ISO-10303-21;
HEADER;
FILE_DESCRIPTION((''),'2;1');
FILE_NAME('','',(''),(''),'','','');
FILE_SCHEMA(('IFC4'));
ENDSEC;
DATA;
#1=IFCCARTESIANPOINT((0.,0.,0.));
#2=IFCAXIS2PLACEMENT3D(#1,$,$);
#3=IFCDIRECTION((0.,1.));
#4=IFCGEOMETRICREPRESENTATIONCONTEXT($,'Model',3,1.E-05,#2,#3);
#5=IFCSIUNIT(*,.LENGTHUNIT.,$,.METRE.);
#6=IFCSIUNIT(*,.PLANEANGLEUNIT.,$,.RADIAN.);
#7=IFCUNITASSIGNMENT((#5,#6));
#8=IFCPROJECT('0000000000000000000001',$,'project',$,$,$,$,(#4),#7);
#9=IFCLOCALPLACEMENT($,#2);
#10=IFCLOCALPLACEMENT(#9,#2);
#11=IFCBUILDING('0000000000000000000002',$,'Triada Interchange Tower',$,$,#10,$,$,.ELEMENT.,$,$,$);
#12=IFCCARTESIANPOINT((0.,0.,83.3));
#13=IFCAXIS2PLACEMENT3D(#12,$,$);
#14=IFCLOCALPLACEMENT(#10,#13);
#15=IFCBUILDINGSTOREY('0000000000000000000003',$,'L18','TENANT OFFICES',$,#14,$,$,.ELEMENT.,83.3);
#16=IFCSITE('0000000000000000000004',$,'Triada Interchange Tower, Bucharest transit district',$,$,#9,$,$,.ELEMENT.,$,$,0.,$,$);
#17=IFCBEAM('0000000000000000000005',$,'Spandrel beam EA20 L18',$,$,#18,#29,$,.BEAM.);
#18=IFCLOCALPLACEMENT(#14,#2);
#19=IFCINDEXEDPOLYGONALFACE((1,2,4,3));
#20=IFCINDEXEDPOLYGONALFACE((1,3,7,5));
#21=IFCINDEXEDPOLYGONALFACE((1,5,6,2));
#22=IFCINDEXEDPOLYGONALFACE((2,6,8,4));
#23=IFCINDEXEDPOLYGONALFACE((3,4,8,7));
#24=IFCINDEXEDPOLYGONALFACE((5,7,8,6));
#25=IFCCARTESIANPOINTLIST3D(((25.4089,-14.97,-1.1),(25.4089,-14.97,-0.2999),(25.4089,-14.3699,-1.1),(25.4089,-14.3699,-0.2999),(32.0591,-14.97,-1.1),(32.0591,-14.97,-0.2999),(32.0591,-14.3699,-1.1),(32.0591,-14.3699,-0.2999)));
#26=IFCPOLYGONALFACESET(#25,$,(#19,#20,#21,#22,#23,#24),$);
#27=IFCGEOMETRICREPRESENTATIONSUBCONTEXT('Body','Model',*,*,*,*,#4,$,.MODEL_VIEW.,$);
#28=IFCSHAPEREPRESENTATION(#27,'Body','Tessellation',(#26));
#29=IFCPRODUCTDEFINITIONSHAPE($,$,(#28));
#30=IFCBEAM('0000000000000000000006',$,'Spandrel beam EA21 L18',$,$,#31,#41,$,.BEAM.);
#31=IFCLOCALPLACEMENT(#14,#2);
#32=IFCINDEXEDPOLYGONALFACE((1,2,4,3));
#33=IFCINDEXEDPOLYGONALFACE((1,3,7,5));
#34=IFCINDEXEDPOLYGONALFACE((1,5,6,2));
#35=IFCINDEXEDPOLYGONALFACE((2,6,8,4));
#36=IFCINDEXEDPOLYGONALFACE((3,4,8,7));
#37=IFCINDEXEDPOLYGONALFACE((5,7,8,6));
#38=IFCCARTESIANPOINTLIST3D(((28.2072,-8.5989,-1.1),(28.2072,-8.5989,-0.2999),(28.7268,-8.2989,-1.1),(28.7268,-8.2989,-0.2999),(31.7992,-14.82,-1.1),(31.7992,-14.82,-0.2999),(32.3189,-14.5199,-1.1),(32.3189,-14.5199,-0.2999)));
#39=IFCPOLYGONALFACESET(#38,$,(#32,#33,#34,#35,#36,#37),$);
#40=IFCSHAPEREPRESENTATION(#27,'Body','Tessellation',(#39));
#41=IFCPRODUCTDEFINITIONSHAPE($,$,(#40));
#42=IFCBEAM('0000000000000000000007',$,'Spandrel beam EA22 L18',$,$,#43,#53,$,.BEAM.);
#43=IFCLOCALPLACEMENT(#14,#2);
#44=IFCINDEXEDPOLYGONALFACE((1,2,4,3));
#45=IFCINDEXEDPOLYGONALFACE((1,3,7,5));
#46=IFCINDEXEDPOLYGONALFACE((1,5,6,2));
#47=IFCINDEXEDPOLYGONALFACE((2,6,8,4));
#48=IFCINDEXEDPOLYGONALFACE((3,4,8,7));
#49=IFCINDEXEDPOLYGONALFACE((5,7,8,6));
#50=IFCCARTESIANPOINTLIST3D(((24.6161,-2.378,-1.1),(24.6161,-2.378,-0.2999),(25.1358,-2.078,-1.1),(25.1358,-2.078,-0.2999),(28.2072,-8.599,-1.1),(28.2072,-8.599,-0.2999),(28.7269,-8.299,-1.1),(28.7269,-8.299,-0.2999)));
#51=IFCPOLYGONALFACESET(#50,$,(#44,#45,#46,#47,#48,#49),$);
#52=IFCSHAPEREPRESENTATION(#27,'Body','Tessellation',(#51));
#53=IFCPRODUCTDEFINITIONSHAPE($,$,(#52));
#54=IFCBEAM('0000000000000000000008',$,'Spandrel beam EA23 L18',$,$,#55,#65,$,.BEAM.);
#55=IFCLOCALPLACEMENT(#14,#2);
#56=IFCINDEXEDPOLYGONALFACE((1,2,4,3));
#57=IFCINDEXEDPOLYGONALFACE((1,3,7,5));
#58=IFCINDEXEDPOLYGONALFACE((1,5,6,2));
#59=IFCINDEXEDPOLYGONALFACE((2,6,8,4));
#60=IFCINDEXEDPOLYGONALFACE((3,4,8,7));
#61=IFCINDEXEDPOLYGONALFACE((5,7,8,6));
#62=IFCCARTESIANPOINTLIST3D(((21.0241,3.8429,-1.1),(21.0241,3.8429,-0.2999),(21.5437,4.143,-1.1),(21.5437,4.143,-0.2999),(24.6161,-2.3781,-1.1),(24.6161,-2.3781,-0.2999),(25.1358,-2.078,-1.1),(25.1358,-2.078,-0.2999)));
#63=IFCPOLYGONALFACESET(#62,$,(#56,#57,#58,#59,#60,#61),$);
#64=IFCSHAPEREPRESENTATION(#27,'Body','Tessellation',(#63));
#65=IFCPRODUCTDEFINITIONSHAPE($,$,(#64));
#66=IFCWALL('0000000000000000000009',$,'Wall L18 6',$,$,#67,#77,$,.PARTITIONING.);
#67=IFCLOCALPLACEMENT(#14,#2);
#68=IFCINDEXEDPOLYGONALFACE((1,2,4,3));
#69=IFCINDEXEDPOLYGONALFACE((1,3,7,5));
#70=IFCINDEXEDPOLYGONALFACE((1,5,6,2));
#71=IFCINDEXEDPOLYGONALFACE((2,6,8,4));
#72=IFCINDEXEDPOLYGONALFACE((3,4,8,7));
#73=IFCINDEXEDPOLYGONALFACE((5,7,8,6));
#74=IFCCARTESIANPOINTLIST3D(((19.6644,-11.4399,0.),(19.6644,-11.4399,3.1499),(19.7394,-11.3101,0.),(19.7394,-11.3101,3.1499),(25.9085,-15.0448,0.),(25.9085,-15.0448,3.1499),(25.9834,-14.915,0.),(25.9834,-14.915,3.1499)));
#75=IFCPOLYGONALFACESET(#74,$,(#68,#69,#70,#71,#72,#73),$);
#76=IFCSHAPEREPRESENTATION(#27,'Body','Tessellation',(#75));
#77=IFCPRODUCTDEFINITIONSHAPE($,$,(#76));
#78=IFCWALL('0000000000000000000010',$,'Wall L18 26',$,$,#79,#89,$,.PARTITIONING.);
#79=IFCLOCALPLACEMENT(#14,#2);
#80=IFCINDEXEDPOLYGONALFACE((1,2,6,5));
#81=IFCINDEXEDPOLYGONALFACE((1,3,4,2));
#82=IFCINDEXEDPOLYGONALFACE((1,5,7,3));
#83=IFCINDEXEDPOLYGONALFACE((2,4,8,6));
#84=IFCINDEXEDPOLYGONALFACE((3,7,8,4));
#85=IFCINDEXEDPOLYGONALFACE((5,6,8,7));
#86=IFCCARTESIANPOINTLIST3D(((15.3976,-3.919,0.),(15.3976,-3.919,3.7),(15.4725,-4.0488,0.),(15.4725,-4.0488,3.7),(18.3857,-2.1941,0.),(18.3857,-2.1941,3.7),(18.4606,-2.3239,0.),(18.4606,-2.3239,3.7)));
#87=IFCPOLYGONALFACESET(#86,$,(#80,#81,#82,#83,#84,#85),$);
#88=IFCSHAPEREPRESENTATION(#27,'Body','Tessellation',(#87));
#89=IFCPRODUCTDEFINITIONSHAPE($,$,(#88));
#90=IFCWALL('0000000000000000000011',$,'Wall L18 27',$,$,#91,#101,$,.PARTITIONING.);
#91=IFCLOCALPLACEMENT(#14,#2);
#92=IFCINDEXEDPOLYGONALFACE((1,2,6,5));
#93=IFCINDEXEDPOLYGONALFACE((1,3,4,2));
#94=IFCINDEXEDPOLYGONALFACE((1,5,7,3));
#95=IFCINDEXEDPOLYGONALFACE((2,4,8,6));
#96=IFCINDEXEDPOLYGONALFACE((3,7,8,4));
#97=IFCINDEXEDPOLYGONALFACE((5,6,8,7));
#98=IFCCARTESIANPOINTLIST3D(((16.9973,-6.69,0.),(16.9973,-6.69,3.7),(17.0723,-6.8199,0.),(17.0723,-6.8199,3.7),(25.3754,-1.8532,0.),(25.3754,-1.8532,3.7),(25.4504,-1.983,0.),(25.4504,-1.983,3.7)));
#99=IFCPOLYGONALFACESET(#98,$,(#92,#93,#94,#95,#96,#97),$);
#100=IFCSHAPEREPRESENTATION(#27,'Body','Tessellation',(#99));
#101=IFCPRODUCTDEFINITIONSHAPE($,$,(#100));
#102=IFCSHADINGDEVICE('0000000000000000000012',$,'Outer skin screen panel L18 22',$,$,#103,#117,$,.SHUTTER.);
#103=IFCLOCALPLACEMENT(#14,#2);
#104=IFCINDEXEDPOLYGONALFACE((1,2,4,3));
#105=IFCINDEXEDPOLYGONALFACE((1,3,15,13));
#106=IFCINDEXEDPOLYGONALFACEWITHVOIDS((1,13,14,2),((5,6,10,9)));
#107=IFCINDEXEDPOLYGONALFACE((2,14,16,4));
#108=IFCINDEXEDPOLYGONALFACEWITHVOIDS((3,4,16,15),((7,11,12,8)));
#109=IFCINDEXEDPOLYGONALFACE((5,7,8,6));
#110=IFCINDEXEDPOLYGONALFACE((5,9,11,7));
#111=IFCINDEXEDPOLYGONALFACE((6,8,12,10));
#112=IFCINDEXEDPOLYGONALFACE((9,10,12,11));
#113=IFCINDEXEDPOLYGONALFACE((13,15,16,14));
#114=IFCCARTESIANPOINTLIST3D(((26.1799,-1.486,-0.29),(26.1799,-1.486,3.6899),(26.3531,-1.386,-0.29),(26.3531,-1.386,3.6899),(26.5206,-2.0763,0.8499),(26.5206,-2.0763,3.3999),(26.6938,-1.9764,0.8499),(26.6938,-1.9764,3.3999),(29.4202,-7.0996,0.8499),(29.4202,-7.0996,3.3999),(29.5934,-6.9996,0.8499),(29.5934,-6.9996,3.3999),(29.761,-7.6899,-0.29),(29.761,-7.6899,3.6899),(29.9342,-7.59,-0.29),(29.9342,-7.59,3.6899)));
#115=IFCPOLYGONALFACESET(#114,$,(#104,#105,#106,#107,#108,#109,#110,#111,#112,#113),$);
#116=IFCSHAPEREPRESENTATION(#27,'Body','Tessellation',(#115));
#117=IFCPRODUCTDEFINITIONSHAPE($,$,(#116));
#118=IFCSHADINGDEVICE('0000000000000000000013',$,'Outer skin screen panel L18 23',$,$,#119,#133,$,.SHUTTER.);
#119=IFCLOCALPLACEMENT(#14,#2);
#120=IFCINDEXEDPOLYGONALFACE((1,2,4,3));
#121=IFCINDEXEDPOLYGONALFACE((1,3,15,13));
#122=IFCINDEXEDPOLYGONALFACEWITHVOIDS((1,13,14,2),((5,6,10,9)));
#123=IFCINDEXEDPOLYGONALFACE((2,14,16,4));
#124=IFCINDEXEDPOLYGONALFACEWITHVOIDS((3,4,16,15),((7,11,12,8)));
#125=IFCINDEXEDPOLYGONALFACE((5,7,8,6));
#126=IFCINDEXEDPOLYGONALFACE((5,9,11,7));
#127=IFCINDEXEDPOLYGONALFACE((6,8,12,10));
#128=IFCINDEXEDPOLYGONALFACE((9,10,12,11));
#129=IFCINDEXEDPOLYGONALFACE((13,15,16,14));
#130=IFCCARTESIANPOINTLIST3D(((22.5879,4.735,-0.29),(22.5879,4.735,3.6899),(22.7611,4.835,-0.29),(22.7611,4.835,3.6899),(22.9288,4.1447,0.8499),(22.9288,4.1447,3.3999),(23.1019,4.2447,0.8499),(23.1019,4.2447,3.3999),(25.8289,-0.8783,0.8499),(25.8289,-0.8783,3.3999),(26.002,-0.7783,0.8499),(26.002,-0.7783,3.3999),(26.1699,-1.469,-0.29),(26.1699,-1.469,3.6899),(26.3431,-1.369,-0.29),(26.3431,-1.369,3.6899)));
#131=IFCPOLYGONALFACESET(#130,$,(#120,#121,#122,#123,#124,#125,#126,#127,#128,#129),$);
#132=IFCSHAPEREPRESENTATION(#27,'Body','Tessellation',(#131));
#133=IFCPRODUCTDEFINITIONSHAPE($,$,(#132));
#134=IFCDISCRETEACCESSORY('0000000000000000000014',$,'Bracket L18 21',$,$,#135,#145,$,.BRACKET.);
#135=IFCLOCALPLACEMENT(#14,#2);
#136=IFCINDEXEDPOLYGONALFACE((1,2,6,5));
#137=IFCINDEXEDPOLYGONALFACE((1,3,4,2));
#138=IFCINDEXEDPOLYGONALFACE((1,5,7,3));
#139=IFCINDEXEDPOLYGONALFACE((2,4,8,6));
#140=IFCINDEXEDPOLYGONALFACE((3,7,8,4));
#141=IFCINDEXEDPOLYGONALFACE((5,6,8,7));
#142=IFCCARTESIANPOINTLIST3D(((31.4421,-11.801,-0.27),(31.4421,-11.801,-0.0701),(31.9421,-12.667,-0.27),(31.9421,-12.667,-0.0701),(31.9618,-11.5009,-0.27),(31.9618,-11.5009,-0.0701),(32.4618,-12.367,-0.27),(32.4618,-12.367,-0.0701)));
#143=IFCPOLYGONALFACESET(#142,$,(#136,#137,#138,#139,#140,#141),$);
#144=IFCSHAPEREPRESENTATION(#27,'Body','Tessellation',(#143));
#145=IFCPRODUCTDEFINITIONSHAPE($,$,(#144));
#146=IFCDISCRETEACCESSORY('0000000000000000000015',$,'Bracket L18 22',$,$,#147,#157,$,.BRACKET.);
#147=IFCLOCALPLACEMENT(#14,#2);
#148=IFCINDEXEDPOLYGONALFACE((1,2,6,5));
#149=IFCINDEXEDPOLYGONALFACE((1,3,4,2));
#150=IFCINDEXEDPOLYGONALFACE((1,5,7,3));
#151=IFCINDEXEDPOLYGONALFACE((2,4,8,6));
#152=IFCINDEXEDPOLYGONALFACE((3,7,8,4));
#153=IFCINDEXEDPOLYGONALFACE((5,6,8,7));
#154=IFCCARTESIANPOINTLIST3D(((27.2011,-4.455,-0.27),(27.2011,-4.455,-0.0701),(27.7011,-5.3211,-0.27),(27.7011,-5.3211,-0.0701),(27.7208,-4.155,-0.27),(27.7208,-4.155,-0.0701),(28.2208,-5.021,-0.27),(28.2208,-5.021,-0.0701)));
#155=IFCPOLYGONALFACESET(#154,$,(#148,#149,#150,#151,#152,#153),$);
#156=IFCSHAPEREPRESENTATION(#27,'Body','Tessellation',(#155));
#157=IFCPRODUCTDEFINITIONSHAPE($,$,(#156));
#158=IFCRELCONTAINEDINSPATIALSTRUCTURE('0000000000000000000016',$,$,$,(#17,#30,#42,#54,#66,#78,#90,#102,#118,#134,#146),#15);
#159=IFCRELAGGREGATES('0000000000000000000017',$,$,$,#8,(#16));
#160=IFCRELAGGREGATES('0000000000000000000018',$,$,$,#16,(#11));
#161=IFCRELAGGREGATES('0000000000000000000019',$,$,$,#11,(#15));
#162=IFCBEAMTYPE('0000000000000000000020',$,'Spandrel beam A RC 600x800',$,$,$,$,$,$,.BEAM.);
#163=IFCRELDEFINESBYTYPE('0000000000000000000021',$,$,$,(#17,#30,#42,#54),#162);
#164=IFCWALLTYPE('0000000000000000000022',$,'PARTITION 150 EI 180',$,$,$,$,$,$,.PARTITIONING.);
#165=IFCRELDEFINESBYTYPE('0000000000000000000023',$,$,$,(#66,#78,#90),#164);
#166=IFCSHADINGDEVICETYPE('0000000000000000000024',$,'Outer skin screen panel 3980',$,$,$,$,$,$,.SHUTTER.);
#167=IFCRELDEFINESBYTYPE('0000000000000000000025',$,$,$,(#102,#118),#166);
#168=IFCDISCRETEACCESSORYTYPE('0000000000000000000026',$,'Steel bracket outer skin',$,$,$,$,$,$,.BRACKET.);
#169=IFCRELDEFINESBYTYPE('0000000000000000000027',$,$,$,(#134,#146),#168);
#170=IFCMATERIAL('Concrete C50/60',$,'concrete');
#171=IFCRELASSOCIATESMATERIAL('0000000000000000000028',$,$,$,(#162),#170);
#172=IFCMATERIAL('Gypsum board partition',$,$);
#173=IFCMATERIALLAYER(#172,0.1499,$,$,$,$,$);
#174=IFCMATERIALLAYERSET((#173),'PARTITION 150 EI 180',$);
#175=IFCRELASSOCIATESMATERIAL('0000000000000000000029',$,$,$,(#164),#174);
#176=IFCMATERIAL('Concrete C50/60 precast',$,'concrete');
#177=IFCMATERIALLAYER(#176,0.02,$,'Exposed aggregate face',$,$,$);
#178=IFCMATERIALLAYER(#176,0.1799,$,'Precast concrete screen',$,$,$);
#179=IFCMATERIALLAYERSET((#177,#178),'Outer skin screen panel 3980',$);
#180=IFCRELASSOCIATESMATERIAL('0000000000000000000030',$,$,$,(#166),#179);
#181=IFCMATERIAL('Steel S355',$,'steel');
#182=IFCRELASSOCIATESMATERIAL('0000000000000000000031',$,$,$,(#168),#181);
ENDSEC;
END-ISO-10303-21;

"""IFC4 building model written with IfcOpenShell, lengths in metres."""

from ifc_helpers import new_model, si_unit, direction, frame, frame_2d, origin, origin_2d, place, context, subcontext, project, spatial, polyline, rectangle, outline, extrude, material, layer, layer_set, material_profile, profile_set, type_object, element, save


model = new_model("IFC4")

# Units and contexts
model_context = context("Model", 3, precision=1e-05, world=origin(), true_north=direction((0.0, 1.0)))
body_context = subcontext(model_context, "Body", "Model", "MODEL_VIEW")
ifc_project = project(units=[si_unit("LENGTHUNIT", "METRE"), si_unit("PLANEANGLEUNIT", "RADIAN")], contexts=[model_context])

# Site, building, storey
site_placement = place(None, origin())
site = spatial("IfcSite", under=ifc_project, at=site_placement, Name="Triada Interchange Tower, Bucharest transit district", CompositionType="ELEMENT", RefElevation=0.0)
building_placement = place(site_placement, origin())
building = spatial("IfcBuilding", under=site, at=building_placement, Name="Triada Interchange Tower", CompositionType="ELEMENT")
storey_placement = place(building_placement, frame((0.0, 0.0, 83.3)))
storey = spatial("IfcBuildingStorey", under=building, at=storey_placement, Name="L18", Description="TENANT OFFICES", CompositionType="ELEMENT", Elevation=83.3)

# Beams
ifc_material_1 = material(Name="Concrete C50/60", Category="concrete")
ifc_material_profile_1 = material_profile(ifc_material_1, rectangle(XDim=0.6001, YDim=0.8, at=origin_2d()), Name="RC 600x800")
ifc_profile_set_1 = profile_set([ifc_material_profile_1], Name="Concrete C50/60")
beam_type_1 = type_object("IfcBeamType", Name="Spandrel beam A RC 600x800", PredefinedType="BEAM", material=ifc_profile_set_1)
beam_1_placement = place(storey_placement, frame((25.4089, -14.6699, -0.7), z_axis=(1.0, 0.0, 0.0), x_axis=(0.0, 1.0, 0.0)))
element("IfcBeam", 1, at=beam_1_placement, inside=storey, type_object=beam_type_1, Name="Spandrel beam EA20 L18", PredefinedType="BEAM", context=body_context, shape_type="SweptSolid", body=[
    extrude(rectangle(XDim=0.6001, YDim=0.8, at=origin_2d()), origin(), (0.0, 0.0, 1.0), 6.6501),
])
beam_2_placement = place(storey_placement, frame((32.0591, -14.6699, -0.7), z_axis=(-0.500039, 0.866003, 0.0), x_axis=(-0.866003, -0.500039, 0.0)))
element("IfcBeam", 2, at=beam_2_placement, inside=storey, type_object=beam_type_1, Name="Spandrel beam EA21 L18", PredefinedType="BEAM", context=body_context, shape_type="SweptSolid", body=[
    extrude(rectangle(XDim=0.6001, YDim=0.8, at=origin_2d()), origin(), (0.0, 0.0, 1.0), 7.1836),
])
beam_3_placement = place(storey_placement, frame((28.467, -8.449, -0.7), z_axis=(-0.499937, 0.866062, 0.0), x_axis=(-0.866062, -0.499937, 0.0)))
element("IfcBeam", 3, at=beam_3_placement, inside=storey, type_object=beam_type_1, Name="Spandrel beam EA22 L18", PredefinedType="BEAM", context=body_context, shape_type="SweptSolid", body=[
    extrude(rectangle(XDim=0.6001, YDim=0.8, at=origin_2d()), origin(), (0.0, 0.0, 1.0), 7.1831),
])
beam_4_placement = place(storey_placement, frame((24.876, -2.228, -0.7), z_axis=(-0.500039, 0.866003, 0.0), x_axis=(-0.866003, -0.500039, 0.0)))
element("IfcBeam", 4, at=beam_4_placement, inside=storey, type_object=beam_type_1, Name="Spandrel beam EA23 L18", PredefinedType="BEAM", context=body_context, shape_type="SweptSolid", body=[
    extrude(rectangle(XDim=0.6001, YDim=0.8, at=origin_2d()), origin(), (0.0, 0.0, 1.0), 7.1836),
])

# Walls
ifc_material_2 = material(Name="Gypsum board partition")
ifc_layer_1 = layer(ifc_material_2, 0.1499)
ifc_layer_set_1 = layer_set([ifc_layer_1], Name="PARTITION 150 EI 180")
wall_type = type_object("IfcWallType", Name="PARTITION 150 EI 180", PredefinedType="PARTITIONING", material=ifc_layer_set_1)
wall_1_placement = place(storey_placement, frame((19.7019, -11.375, 0.0), z_axis=(0.0, 0.0, 1.0), x_axis=(0.86603, -0.499992, 0.0)))
element("IfcWall", 5, at=wall_1_placement, inside=storey, type_object=wall_type, Name="Wall L18 6", PredefinedType="PARTITIONING", context=body_context, shape_type="SweptSolid", body=[
    extrude(rectangle(XDim=7.21, YDim=0.1499, at=frame_2d((3.605, 0.0))), origin(), (0.0, 0.0, 1.0), 3.1499),
])
wall_2_placement = place(storey_placement, frame((15.4351, -3.9839, 0.0), z_axis=(0.0, 0.0, 1.0), x_axis=(0.866062, 0.499937, 0.0)))
element("IfcWall", 6, at=wall_2_placement, inside=storey, type_object=wall_type, Name="Wall L18 26", PredefinedType="PARTITIONING", context=body_context, shape_type="SweptSolid", body=[
    extrude(rectangle(XDim=3.4502, YDim=0.1499, at=frame_2d((1.7251, 0.0))), origin(), (0.0, 0.0, 1.0), 3.7),
])
wall_3_placement = place(storey_placement, frame((17.0349, -6.7549, 0.0), z_axis=(0.0, 0.0, 1.0), x_axis=(0.866036, 0.499982, 0.0)))
element("IfcWall", 7, at=wall_3_placement, inside=storey, type_object=wall_type, Name="Wall L18 27", PredefinedType="PARTITIONING", context=body_context, shape_type="SweptSolid", body=[
    extrude(rectangle(XDim=9.6741, YDim=0.1499, at=frame_2d((4.8369, 0.0))), origin(), (0.0, 0.0, 1.0), 3.7),
])

# Shading devices
ifc_material_3 = material(Name="Concrete C50/60 precast", Category="concrete")
ifc_layer_2 = layer(ifc_material_3, 0.02, Name="Exposed aggregate face")
ifc_layer_3 = layer(ifc_material_3, 0.1799, Name="Precast concrete screen")
ifc_layer_set_2 = layer_set([ifc_layer_2, ifc_layer_3], Name="Outer skin screen panel 3980")
shading_device_type = type_object("IfcShadingDeviceType", Name="Outer skin screen panel 3980", PredefinedType="SHUTTER", material=ifc_layer_set_2)
shading_device_1_placement = place(storey_placement, frame((29.761, -7.6899, -0.29), z_axis=(0.0, 0.0, 1.0), x_axis=(-0.499922, 0.86607, 0.0)))
element("IfcShadingDevice", 8, at=shading_device_1_placement, inside=storey, type_object=shading_device_type, Name="Outer skin screen panel L18 22", PredefinedType="SHUTTER", context=body_context, shape_type="SweptSolid", body=[
    extrude(outline(polyline([(0.0, 0.0), (7.1633, 0.0), (7.1633, 3.98), (0.0, 3.98), (0.0, 0.0)]), holes=[polyline([(0.6816, 1.1399), (0.6816, 3.6899), (6.4817, 3.6899), (6.4817, 1.1399), (0.6816, 1.1399)])]), frame((0.0, 0.0, 0.0), z_axis=(0.0, -1.0, 0.0), x_axis=(1.0, 0.0, 0.0)), (0.0, 0.0, 1.0), 0.2),
])
shading_device_2_placement = place(storey_placement, frame((26.1699, -1.469, -0.29), z_axis=(0.0, 0.0, 1.0), x_axis=(-0.50001, 0.86602, 0.0)))
element("IfcShadingDevice", 9, at=shading_device_2_placement, inside=storey, type_object=shading_device_type, Name="Outer skin screen panel L18 23", PredefinedType="SHUTTER", context=body_context, shape_type="SweptSolid", body=[
    extrude(outline(polyline([(0.0, 0.0), (7.1638, 0.0), (7.1638, 3.98), (0.0, 3.98), (0.0, 0.0)]), holes=[polyline([(0.6821, 1.1399), (0.6821, 3.6899), (6.4822, 3.6899), (6.4822, 1.1399), (0.6821, 1.1399)])]), frame((0.0, 0.0, 0.0), z_axis=(0.0, -1.0, 0.0), x_axis=(1.0, 0.0, 0.0)), (0.0, 0.0, 1.0), 0.2),
])

# Discrete accessories
ifc_material_4 = material(Name="Steel S355", Category="steel")
discrete_accessory_type = type_object("IfcDiscreteAccessoryType", Name="Steel bracket outer skin", PredefinedType="BRACKET", material=ifc_material_4)
for number, where, z_axis, x_axis, name in (
    (10, (31.9519, -12.084, -0.27), (0.0, 0.0, 1.0), (0.866025, 0.5, 0.0), "Bracket L18 21"),
    (11, (27.7109, -4.738, -0.27), (0.0, 0.0, 1.0), (0.866025, 0.5, 0.0), "Bracket L18 22"),
):
    element("IfcDiscreteAccessory", number, at=place(storey_placement, frame(where, z_axis=z_axis, x_axis=x_axis)), inside=storey, type_object=discrete_accessory_type, Name=name, PredefinedType="BRACKET", context=body_context, shape_type="SweptSolid", body=[
        extrude(rectangle(XDim=0.6001, YDim=1.0, at=origin_2d()), origin(), (0.0, 0.0, 1.0), 0.2),
    ])

save(model, "model.ifc")
